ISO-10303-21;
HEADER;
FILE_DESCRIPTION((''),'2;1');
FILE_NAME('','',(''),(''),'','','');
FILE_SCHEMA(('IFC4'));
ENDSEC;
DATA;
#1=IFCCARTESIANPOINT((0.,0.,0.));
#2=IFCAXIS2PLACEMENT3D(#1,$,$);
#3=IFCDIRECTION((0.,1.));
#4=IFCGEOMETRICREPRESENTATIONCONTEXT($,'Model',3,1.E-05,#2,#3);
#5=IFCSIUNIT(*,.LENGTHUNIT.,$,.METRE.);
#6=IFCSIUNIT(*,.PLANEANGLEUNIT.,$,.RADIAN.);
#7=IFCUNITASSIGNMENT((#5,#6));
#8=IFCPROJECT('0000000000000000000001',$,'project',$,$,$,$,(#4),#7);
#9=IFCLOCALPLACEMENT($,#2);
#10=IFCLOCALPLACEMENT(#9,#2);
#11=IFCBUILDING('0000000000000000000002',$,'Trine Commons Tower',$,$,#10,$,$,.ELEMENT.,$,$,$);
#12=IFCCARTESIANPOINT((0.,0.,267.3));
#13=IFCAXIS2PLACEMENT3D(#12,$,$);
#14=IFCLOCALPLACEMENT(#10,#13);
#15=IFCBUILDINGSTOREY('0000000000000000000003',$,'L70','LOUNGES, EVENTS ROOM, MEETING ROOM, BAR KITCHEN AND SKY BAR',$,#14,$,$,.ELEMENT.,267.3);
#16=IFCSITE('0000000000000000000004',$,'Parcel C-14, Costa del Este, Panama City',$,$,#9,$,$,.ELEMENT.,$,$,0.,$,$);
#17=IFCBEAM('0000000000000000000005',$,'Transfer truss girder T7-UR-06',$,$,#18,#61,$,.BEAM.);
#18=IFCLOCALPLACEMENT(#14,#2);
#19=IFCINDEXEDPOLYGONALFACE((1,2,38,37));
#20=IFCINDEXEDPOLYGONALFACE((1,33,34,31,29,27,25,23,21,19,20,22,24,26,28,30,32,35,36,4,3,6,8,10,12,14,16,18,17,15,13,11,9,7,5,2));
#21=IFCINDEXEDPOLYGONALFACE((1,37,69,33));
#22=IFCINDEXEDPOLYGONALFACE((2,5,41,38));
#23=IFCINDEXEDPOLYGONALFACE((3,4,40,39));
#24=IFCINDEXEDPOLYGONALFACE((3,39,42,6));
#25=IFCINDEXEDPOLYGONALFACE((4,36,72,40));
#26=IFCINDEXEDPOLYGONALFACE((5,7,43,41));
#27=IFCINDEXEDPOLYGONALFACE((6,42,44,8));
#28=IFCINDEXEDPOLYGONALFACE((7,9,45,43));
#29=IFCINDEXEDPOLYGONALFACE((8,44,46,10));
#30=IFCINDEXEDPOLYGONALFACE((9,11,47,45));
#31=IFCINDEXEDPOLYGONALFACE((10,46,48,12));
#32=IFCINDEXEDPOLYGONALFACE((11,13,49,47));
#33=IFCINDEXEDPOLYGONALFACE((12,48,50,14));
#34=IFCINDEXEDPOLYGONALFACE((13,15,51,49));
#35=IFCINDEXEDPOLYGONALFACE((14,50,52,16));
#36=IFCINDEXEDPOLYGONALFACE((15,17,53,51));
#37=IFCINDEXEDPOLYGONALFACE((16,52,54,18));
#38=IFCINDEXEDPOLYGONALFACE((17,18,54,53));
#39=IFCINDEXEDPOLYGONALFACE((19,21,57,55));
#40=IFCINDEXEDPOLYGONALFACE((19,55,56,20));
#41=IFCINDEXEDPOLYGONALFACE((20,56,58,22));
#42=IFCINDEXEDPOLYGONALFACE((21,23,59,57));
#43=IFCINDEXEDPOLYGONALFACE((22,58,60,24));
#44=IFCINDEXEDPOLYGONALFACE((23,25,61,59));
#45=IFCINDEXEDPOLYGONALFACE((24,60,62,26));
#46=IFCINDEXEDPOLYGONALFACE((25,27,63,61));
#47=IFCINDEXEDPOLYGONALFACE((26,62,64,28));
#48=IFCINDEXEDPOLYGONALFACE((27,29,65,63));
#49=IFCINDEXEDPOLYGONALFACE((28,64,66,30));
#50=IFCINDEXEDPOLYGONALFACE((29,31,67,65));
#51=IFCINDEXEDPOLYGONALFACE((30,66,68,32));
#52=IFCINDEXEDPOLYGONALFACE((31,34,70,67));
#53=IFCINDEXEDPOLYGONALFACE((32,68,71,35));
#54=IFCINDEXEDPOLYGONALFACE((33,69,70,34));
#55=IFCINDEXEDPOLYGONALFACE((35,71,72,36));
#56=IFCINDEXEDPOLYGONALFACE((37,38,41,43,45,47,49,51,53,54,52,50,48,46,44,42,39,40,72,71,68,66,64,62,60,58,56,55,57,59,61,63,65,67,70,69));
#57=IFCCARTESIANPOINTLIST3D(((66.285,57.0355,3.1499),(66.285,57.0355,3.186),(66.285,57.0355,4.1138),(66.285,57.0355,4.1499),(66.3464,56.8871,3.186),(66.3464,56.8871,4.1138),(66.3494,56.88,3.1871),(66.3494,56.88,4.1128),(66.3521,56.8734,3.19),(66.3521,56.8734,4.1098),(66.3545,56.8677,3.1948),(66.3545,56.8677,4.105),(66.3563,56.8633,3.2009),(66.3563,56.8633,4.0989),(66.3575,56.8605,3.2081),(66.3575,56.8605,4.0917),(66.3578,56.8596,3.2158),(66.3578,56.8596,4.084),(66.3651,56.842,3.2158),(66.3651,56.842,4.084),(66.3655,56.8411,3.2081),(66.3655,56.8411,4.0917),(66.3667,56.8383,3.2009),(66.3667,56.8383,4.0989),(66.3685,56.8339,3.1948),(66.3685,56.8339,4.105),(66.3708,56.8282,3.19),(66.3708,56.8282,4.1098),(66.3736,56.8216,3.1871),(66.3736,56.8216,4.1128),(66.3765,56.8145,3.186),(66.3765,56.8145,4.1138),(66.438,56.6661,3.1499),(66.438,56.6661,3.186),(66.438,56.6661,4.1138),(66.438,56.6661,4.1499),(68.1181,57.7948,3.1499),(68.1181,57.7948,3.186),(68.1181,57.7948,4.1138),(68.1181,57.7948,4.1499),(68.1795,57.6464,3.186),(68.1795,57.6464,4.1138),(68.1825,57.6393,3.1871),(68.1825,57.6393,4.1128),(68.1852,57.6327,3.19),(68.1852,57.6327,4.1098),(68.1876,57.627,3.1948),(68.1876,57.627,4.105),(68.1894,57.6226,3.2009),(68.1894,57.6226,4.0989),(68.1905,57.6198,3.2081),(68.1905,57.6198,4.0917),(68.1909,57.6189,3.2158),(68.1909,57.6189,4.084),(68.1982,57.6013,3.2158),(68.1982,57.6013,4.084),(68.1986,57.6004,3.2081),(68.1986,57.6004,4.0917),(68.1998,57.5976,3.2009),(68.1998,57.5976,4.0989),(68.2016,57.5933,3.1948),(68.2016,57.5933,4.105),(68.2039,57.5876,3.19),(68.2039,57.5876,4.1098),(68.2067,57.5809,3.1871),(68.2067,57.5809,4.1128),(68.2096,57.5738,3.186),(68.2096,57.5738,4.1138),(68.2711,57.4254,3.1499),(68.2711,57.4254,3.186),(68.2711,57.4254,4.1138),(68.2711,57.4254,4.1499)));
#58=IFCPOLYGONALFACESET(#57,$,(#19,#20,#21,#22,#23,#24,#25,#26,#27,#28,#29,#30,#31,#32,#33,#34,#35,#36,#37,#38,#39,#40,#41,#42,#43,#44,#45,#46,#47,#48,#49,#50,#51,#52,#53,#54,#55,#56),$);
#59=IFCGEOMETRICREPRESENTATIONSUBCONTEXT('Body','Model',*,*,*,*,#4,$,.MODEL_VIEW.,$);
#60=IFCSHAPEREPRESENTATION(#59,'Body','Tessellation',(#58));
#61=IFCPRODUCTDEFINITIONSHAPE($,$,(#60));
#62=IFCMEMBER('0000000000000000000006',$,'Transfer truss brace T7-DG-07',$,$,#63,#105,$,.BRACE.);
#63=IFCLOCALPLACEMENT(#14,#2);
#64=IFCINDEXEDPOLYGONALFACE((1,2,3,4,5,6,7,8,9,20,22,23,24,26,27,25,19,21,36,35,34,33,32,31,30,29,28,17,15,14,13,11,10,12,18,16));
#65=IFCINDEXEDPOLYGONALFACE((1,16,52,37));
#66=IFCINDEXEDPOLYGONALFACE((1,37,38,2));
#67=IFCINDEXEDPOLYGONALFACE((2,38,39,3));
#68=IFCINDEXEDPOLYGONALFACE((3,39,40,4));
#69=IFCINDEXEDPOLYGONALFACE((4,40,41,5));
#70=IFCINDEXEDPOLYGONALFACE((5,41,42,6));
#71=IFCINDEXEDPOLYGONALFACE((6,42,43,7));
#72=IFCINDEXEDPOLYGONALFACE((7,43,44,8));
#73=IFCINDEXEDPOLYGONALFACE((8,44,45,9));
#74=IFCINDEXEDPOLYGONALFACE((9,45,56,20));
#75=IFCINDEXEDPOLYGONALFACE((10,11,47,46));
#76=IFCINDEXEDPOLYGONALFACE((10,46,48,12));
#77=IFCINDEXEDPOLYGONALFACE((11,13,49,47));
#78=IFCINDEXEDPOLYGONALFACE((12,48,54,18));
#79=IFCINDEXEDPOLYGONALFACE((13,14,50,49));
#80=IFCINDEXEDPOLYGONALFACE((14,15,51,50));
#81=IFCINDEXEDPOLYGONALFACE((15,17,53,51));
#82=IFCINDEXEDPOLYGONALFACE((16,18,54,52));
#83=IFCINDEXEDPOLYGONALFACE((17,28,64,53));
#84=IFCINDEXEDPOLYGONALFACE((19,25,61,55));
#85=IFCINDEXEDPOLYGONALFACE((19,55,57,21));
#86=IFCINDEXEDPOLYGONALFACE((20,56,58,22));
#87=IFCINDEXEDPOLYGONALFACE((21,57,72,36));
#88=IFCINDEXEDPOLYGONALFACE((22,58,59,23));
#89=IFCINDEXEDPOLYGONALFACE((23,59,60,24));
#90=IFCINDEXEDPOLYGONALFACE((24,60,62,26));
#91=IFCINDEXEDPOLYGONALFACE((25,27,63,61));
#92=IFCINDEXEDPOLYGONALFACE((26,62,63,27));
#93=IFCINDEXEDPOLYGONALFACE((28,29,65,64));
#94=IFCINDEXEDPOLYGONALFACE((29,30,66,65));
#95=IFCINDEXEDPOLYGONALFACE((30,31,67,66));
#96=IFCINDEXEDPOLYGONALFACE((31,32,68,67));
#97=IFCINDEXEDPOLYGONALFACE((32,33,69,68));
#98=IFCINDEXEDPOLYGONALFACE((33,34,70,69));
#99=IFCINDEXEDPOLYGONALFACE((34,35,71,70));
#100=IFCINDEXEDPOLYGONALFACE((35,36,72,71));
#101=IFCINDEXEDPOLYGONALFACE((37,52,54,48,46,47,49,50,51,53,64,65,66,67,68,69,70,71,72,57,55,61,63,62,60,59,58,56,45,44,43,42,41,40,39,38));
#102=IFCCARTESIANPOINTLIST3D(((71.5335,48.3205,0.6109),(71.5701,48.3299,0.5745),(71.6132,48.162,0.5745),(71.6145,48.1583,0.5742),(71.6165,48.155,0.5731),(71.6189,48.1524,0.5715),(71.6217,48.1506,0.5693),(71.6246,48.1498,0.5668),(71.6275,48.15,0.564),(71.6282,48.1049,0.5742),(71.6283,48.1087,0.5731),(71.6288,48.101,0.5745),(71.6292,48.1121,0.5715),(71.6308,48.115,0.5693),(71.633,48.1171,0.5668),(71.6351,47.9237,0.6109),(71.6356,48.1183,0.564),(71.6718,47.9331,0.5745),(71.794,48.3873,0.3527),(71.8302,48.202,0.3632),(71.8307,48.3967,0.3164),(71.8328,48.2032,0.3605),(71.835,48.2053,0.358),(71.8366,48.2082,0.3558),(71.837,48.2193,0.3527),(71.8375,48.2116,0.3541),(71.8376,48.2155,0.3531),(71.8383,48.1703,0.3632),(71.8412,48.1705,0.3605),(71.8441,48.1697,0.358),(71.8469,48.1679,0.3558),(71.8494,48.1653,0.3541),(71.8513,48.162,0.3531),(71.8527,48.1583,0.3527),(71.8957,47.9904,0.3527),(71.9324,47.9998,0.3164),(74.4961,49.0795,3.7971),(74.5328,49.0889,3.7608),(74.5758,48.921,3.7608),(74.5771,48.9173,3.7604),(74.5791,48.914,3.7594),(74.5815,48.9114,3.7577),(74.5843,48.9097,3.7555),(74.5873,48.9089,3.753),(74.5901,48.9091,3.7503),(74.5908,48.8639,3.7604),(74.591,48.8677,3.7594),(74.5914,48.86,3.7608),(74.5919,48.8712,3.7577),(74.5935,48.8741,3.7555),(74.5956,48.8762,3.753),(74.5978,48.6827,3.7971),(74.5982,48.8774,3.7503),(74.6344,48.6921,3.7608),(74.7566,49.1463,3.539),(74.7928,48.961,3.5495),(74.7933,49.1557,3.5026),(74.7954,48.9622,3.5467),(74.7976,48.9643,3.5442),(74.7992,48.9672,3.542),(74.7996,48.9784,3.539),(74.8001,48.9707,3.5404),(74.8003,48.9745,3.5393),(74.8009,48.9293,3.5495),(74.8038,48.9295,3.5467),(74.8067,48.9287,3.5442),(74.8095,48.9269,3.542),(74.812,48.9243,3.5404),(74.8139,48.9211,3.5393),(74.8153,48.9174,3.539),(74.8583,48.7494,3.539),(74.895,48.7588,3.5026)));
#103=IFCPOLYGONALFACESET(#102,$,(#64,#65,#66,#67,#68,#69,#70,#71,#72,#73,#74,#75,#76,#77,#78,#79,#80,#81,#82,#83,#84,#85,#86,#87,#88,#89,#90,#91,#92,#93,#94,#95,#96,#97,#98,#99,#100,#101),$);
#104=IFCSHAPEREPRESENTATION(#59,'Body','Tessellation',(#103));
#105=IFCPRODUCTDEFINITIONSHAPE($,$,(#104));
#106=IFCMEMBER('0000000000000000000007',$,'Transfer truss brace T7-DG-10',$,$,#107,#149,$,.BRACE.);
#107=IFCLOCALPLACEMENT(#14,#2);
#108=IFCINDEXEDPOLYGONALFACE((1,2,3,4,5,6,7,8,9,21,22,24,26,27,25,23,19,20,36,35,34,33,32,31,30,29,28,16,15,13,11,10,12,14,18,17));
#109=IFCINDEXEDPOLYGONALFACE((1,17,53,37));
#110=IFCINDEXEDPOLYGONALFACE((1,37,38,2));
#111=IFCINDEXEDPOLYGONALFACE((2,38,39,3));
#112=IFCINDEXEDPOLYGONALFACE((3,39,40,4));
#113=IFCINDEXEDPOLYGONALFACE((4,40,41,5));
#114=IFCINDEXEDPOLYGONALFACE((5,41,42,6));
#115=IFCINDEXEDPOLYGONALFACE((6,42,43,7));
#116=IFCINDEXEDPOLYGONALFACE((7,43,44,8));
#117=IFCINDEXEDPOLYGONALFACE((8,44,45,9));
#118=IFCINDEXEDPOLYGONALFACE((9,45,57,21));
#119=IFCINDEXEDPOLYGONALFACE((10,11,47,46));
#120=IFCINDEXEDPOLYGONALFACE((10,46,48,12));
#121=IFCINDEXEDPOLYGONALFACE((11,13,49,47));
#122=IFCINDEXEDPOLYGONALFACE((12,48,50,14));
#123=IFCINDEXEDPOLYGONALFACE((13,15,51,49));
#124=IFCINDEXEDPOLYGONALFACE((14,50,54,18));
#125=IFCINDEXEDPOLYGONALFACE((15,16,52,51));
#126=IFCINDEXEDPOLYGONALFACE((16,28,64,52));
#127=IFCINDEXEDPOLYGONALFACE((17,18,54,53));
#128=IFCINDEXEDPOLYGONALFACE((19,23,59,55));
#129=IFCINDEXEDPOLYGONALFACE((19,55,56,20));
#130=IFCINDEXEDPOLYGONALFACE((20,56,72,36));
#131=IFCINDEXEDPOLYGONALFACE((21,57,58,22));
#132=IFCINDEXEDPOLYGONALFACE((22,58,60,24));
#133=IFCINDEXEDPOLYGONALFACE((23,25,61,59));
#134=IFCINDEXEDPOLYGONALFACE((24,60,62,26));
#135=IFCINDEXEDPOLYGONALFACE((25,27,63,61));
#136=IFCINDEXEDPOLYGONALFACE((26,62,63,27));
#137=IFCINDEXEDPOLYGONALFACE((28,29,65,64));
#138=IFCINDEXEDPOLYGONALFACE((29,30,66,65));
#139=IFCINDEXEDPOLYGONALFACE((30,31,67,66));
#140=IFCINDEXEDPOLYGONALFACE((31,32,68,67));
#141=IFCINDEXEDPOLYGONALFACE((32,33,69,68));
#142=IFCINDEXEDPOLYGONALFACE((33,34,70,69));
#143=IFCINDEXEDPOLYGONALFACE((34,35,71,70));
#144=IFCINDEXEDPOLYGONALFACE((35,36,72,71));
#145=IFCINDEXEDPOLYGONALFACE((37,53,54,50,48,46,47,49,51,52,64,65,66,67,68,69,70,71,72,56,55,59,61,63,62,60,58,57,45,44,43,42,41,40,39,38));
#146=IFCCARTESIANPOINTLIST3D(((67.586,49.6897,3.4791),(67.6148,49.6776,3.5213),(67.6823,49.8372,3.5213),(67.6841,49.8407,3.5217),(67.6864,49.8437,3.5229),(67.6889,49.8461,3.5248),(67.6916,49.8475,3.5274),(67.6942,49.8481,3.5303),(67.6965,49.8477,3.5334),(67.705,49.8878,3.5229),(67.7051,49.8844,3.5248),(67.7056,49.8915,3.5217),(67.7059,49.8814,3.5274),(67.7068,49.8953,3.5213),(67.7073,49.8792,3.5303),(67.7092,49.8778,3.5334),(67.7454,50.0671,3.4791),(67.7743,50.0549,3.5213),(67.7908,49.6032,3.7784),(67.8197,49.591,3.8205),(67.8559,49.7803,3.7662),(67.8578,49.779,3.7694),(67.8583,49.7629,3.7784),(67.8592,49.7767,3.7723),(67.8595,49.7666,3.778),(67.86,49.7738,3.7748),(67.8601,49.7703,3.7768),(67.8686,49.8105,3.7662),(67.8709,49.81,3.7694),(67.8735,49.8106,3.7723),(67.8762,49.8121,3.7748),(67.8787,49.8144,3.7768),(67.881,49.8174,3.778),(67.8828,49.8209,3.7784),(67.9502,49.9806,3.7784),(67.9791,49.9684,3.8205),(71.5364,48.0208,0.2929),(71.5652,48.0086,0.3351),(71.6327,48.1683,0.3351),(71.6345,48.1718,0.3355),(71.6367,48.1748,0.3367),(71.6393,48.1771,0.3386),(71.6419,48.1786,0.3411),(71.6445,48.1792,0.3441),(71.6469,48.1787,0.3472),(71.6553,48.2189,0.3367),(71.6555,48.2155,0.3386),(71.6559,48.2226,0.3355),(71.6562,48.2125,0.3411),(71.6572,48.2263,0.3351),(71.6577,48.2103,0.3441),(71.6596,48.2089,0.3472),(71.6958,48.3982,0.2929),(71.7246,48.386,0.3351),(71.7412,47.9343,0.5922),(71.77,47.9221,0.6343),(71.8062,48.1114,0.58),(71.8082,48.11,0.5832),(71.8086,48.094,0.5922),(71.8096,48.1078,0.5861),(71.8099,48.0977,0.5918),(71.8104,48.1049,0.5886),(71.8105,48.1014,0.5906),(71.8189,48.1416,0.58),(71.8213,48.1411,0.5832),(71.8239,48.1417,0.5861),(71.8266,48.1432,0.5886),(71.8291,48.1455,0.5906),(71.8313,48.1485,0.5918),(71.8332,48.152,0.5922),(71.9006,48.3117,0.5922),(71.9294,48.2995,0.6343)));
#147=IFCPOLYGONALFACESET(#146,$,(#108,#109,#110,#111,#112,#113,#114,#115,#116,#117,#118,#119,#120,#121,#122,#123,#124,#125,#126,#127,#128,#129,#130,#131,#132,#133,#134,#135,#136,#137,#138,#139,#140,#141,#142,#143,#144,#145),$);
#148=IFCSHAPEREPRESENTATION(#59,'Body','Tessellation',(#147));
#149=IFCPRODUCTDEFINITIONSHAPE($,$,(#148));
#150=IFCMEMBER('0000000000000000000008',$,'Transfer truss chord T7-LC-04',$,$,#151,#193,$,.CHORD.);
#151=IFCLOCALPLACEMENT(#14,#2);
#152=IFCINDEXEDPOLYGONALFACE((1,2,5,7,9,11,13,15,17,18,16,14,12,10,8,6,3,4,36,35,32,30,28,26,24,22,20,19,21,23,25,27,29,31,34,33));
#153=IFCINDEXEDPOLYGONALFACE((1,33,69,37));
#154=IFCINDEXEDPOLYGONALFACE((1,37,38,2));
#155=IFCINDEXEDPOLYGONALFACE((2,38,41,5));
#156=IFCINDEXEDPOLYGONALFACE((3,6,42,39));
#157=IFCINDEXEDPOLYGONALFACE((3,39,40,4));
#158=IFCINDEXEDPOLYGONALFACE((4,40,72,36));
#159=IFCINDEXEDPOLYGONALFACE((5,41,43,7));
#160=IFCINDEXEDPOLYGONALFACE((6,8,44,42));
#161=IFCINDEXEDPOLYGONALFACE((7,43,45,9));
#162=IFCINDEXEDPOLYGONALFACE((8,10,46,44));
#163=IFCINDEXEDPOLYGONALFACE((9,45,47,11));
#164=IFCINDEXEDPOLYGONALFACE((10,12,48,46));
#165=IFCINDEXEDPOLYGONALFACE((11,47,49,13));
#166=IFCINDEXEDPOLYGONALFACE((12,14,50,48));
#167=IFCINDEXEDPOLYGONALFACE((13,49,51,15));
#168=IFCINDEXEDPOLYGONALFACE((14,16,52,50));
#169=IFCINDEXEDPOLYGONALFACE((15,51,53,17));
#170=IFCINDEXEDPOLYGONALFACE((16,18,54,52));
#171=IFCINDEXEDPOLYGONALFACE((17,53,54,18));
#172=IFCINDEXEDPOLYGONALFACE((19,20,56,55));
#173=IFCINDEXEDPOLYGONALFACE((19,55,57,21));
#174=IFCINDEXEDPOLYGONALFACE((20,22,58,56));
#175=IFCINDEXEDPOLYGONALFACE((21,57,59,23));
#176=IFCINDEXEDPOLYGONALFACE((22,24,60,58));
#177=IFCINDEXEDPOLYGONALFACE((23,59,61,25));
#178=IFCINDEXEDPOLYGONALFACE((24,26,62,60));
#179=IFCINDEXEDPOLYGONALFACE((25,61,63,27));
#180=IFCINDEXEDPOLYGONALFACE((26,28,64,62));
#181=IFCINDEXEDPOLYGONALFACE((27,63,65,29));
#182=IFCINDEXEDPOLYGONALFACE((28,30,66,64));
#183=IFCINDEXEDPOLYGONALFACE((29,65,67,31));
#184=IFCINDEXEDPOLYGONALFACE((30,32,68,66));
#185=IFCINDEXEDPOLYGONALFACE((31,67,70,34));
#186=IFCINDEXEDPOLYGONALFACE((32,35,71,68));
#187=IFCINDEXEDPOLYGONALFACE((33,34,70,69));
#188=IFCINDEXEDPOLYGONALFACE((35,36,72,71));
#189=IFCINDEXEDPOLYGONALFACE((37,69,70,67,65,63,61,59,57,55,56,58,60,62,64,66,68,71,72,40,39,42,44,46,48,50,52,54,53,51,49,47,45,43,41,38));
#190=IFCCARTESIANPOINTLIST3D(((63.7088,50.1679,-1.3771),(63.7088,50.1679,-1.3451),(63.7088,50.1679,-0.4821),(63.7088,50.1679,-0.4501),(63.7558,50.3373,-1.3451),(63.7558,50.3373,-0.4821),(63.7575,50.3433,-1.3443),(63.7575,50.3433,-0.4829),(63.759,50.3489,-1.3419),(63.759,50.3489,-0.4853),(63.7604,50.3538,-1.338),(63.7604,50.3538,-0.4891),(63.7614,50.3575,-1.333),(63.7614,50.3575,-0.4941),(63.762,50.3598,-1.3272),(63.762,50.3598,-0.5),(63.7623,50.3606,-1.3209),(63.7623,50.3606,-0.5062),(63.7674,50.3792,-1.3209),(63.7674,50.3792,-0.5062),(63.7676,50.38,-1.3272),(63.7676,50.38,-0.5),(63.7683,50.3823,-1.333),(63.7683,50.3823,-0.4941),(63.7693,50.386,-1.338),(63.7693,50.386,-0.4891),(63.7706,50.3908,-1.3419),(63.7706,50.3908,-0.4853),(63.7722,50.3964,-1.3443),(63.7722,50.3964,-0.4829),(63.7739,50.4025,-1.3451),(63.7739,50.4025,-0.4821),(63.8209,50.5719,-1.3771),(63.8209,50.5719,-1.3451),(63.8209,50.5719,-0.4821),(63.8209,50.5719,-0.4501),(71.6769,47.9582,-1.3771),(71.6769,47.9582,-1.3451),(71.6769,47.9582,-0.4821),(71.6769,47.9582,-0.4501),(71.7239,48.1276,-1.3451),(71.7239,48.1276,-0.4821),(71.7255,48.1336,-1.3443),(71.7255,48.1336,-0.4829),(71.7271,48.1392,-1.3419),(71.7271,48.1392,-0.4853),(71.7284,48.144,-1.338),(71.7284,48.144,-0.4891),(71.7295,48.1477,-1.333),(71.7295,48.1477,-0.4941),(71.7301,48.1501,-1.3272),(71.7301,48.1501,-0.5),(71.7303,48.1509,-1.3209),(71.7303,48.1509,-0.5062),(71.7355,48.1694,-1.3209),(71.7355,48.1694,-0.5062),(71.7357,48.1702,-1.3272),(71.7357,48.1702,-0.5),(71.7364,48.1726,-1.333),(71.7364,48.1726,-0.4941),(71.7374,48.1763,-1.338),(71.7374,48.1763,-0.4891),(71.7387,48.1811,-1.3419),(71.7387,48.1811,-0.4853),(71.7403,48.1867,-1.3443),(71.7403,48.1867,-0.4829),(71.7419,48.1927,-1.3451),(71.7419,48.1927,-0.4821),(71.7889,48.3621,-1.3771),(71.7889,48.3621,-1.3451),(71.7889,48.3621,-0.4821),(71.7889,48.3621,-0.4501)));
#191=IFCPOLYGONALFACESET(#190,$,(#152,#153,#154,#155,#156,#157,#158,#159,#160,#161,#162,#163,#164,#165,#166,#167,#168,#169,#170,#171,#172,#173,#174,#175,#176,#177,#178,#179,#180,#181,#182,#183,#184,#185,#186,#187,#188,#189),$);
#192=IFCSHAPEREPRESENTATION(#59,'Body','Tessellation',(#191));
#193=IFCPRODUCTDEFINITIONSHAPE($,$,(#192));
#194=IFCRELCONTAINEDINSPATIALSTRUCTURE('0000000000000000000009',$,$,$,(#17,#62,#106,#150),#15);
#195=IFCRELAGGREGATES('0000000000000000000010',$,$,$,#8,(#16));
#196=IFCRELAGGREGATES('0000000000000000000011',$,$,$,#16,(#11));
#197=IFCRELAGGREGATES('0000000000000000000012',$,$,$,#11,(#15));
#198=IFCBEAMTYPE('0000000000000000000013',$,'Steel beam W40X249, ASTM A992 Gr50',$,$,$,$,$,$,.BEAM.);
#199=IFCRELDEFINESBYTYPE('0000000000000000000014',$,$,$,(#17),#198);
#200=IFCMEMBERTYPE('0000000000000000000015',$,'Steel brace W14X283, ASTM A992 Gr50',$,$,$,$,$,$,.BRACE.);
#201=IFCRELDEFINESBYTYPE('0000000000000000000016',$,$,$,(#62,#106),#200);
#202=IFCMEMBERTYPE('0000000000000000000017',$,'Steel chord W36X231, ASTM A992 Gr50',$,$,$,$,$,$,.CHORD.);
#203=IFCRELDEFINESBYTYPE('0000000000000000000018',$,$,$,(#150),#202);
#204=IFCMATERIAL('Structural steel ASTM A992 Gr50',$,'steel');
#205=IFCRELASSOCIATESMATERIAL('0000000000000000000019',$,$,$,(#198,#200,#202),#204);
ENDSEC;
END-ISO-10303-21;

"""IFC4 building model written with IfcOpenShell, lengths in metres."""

from ifc_helpers import new_model, si_unit, direction, frame, origin, origin_2d, place, context, subcontext, project, spatial, i_section, extrude, material, material_profile, profile_set, type_object, element, save


model = new_model("IFC4")

# Units and contexts
model_context = context("Model", 3, precision=1e-05, world=origin(), true_north=direction((0.0, 1.0)))
body_context = subcontext(model_context, "Body", "Model", "MODEL_VIEW")
ifc_project = project(units=[si_unit("LENGTHUNIT", "METRE"), si_unit("PLANEANGLEUNIT", "RADIAN")], contexts=[model_context])

# Site, building, storey
site_placement = place(None, origin())
site = spatial("IfcSite", under=ifc_project, at=site_placement, Name="Parcel C-14, Costa del Este, Panama City", CompositionType="ELEMENT", RefElevation=0.0)
building_placement = place(site_placement, origin())
building = spatial("IfcBuilding", under=site, at=building_placement, Name="Trine Commons Tower", CompositionType="ELEMENT")
storey_placement = place(building_placement, frame((0.0, 0.0, 267.3)))
storey = spatial("IfcBuildingStorey", under=building, at=storey_placement, Name="L70", Description="LOUNGES, EVENTS ROOM, MEETING ROOM, BAR KITCHEN AND SKY BAR", CompositionType="ELEMENT", Elevation=267.3)

# Beam
ifc_material_1 = material(Name="Structural steel ASTM A992 Gr50", Category="steel")
ifc_material_profile_1 = material_profile(ifc_material_1, i_section(OverallWidth=0.3999, OverallDepth=1.0, WebThickness=0.019, FlangeThickness=0.0361, FilletRadius=0.0298, at=origin_2d()), Name="W40X249")
ifc_profile_set_1 = profile_set([ifc_material_profile_1], Name="Structural steel ASTM A992 Gr50")
beam_type = type_object("IfcBeamType", Name="Steel beam W40X249, ASTM A992 Gr50", PredefinedType="BEAM", material=ifc_profile_set_1)
beam_placement = place(storey_placement, frame((68.1946, 57.6101, 3.6499), z_axis=(-0.923876, -0.382692, 0.0), x_axis=(0.382692, -0.923876, 0.0)))
element("IfcBeam", 1, at=beam_placement, inside=storey, type_object=beam_type, Name="Transfer truss girder T7-UR-06", PredefinedType="BEAM", context=body_context, shape_type="SweptSolid", body=[
    extrude(i_section(OverallWidth=0.3999, OverallDepth=1.0, WebThickness=0.019, FlangeThickness=0.0361, FilletRadius=0.0298, at=origin_2d()), origin(), (0.0, 0.0, 1.0), 1.9841),
])

# Members
ifc_material_profile_2 = material_profile(ifc_material_1, i_section(OverallWidth=0.4097, OverallDepth=0.4253, WebThickness=0.0327, FlangeThickness=0.0525, FilletRadius=0.0151, at=origin_2d()), Name="W14X283")
ifc_profile_set_2 = profile_set([ifc_material_profile_2], Name="Structural steel ASTM A992 Gr50")
member_type_1 = type_object("IfcMemberType", Name="Steel brace W14X283, ASTM A992 Gr50", PredefinedType="BRACE", material=ifc_profile_set_2)
member_1_placement = place(storey_placement, frame((71.7329, 48.1602, 0.4636), z_axis=(0.670808, 0.171862, 0.721443), x_axis=(-0.248185, 0.968713, 0.0)))
element("IfcMember", 2, at=member_1_placement, inside=storey, type_object=member_type_1, Name="Transfer truss brace T7-DG-07", PredefinedType="BRACE", context=body_context, shape_type="SweptSolid", body=[
    extrude(i_section(OverallWidth=0.4097, OverallDepth=0.4253, WebThickness=0.0327, FlangeThickness=0.0525, FilletRadius=0.0151, at=origin_2d()), origin(), (0.0, 0.0, 1.0), 4.4165),
])
member_2_placement = place(storey_placement, frame((71.7329, 48.1602, 0.4636), z_axis=(-0.739418, 0.312383, 0.596387), x_axis=(-0.389166, -0.921167, 0.0)))
element("IfcMember", 3, at=member_2_placement, inside=storey, type_object=member_type_1, Name="Transfer truss brace T7-DG-10", PredefinedType="BRACE", context=body_context, shape_type="SweptSolid", body=[
    extrude(i_section(OverallWidth=0.4097, OverallDepth=0.4253, WebThickness=0.0327, FlangeThickness=0.0525, FilletRadius=0.0151, at=origin_2d()), origin(), (0.0, 0.0, 1.0), 5.3425),
])
ifc_material_profile_3 = material_profile(ifc_material_1, i_section(OverallWidth=0.4192, OverallDepth=0.927, WebThickness=0.0193, FlangeThickness=0.032, FilletRadius=0.0242, at=origin_2d()), Name="W36X231")
ifc_profile_set_3 = profile_set([ifc_material_profile_3], Name="Structural steel ASTM A992 Gr50")
member_type_2 = type_object("IfcMemberType", Name="Steel chord W36X231, ASTM A992 Gr50", PredefinedType="CHORD", material=ifc_profile_set_3)
member_3_placement = place(storey_placement, frame((71.7329, 48.1602, -0.9136), z_axis=(-0.963631, 0.267237, 0.0), x_axis=(-0.267237, -0.963631, 0.0)))
element("IfcMember", 4, at=member_3_placement, inside=storey, type_object=member_type_2, Name="Transfer truss chord T7-LC-04", PredefinedType="CHORD", context=body_context, shape_type="SweptSolid", body=[
    extrude(i_section(OverallWidth=0.4192, OverallDepth=0.927, WebThickness=0.0193, FlangeThickness=0.032, FilletRadius=0.0242, at=origin_2d()), origin(), (0.0, 0.0, 1.0), 8.2688),
])

save(model, "model.ifc")
